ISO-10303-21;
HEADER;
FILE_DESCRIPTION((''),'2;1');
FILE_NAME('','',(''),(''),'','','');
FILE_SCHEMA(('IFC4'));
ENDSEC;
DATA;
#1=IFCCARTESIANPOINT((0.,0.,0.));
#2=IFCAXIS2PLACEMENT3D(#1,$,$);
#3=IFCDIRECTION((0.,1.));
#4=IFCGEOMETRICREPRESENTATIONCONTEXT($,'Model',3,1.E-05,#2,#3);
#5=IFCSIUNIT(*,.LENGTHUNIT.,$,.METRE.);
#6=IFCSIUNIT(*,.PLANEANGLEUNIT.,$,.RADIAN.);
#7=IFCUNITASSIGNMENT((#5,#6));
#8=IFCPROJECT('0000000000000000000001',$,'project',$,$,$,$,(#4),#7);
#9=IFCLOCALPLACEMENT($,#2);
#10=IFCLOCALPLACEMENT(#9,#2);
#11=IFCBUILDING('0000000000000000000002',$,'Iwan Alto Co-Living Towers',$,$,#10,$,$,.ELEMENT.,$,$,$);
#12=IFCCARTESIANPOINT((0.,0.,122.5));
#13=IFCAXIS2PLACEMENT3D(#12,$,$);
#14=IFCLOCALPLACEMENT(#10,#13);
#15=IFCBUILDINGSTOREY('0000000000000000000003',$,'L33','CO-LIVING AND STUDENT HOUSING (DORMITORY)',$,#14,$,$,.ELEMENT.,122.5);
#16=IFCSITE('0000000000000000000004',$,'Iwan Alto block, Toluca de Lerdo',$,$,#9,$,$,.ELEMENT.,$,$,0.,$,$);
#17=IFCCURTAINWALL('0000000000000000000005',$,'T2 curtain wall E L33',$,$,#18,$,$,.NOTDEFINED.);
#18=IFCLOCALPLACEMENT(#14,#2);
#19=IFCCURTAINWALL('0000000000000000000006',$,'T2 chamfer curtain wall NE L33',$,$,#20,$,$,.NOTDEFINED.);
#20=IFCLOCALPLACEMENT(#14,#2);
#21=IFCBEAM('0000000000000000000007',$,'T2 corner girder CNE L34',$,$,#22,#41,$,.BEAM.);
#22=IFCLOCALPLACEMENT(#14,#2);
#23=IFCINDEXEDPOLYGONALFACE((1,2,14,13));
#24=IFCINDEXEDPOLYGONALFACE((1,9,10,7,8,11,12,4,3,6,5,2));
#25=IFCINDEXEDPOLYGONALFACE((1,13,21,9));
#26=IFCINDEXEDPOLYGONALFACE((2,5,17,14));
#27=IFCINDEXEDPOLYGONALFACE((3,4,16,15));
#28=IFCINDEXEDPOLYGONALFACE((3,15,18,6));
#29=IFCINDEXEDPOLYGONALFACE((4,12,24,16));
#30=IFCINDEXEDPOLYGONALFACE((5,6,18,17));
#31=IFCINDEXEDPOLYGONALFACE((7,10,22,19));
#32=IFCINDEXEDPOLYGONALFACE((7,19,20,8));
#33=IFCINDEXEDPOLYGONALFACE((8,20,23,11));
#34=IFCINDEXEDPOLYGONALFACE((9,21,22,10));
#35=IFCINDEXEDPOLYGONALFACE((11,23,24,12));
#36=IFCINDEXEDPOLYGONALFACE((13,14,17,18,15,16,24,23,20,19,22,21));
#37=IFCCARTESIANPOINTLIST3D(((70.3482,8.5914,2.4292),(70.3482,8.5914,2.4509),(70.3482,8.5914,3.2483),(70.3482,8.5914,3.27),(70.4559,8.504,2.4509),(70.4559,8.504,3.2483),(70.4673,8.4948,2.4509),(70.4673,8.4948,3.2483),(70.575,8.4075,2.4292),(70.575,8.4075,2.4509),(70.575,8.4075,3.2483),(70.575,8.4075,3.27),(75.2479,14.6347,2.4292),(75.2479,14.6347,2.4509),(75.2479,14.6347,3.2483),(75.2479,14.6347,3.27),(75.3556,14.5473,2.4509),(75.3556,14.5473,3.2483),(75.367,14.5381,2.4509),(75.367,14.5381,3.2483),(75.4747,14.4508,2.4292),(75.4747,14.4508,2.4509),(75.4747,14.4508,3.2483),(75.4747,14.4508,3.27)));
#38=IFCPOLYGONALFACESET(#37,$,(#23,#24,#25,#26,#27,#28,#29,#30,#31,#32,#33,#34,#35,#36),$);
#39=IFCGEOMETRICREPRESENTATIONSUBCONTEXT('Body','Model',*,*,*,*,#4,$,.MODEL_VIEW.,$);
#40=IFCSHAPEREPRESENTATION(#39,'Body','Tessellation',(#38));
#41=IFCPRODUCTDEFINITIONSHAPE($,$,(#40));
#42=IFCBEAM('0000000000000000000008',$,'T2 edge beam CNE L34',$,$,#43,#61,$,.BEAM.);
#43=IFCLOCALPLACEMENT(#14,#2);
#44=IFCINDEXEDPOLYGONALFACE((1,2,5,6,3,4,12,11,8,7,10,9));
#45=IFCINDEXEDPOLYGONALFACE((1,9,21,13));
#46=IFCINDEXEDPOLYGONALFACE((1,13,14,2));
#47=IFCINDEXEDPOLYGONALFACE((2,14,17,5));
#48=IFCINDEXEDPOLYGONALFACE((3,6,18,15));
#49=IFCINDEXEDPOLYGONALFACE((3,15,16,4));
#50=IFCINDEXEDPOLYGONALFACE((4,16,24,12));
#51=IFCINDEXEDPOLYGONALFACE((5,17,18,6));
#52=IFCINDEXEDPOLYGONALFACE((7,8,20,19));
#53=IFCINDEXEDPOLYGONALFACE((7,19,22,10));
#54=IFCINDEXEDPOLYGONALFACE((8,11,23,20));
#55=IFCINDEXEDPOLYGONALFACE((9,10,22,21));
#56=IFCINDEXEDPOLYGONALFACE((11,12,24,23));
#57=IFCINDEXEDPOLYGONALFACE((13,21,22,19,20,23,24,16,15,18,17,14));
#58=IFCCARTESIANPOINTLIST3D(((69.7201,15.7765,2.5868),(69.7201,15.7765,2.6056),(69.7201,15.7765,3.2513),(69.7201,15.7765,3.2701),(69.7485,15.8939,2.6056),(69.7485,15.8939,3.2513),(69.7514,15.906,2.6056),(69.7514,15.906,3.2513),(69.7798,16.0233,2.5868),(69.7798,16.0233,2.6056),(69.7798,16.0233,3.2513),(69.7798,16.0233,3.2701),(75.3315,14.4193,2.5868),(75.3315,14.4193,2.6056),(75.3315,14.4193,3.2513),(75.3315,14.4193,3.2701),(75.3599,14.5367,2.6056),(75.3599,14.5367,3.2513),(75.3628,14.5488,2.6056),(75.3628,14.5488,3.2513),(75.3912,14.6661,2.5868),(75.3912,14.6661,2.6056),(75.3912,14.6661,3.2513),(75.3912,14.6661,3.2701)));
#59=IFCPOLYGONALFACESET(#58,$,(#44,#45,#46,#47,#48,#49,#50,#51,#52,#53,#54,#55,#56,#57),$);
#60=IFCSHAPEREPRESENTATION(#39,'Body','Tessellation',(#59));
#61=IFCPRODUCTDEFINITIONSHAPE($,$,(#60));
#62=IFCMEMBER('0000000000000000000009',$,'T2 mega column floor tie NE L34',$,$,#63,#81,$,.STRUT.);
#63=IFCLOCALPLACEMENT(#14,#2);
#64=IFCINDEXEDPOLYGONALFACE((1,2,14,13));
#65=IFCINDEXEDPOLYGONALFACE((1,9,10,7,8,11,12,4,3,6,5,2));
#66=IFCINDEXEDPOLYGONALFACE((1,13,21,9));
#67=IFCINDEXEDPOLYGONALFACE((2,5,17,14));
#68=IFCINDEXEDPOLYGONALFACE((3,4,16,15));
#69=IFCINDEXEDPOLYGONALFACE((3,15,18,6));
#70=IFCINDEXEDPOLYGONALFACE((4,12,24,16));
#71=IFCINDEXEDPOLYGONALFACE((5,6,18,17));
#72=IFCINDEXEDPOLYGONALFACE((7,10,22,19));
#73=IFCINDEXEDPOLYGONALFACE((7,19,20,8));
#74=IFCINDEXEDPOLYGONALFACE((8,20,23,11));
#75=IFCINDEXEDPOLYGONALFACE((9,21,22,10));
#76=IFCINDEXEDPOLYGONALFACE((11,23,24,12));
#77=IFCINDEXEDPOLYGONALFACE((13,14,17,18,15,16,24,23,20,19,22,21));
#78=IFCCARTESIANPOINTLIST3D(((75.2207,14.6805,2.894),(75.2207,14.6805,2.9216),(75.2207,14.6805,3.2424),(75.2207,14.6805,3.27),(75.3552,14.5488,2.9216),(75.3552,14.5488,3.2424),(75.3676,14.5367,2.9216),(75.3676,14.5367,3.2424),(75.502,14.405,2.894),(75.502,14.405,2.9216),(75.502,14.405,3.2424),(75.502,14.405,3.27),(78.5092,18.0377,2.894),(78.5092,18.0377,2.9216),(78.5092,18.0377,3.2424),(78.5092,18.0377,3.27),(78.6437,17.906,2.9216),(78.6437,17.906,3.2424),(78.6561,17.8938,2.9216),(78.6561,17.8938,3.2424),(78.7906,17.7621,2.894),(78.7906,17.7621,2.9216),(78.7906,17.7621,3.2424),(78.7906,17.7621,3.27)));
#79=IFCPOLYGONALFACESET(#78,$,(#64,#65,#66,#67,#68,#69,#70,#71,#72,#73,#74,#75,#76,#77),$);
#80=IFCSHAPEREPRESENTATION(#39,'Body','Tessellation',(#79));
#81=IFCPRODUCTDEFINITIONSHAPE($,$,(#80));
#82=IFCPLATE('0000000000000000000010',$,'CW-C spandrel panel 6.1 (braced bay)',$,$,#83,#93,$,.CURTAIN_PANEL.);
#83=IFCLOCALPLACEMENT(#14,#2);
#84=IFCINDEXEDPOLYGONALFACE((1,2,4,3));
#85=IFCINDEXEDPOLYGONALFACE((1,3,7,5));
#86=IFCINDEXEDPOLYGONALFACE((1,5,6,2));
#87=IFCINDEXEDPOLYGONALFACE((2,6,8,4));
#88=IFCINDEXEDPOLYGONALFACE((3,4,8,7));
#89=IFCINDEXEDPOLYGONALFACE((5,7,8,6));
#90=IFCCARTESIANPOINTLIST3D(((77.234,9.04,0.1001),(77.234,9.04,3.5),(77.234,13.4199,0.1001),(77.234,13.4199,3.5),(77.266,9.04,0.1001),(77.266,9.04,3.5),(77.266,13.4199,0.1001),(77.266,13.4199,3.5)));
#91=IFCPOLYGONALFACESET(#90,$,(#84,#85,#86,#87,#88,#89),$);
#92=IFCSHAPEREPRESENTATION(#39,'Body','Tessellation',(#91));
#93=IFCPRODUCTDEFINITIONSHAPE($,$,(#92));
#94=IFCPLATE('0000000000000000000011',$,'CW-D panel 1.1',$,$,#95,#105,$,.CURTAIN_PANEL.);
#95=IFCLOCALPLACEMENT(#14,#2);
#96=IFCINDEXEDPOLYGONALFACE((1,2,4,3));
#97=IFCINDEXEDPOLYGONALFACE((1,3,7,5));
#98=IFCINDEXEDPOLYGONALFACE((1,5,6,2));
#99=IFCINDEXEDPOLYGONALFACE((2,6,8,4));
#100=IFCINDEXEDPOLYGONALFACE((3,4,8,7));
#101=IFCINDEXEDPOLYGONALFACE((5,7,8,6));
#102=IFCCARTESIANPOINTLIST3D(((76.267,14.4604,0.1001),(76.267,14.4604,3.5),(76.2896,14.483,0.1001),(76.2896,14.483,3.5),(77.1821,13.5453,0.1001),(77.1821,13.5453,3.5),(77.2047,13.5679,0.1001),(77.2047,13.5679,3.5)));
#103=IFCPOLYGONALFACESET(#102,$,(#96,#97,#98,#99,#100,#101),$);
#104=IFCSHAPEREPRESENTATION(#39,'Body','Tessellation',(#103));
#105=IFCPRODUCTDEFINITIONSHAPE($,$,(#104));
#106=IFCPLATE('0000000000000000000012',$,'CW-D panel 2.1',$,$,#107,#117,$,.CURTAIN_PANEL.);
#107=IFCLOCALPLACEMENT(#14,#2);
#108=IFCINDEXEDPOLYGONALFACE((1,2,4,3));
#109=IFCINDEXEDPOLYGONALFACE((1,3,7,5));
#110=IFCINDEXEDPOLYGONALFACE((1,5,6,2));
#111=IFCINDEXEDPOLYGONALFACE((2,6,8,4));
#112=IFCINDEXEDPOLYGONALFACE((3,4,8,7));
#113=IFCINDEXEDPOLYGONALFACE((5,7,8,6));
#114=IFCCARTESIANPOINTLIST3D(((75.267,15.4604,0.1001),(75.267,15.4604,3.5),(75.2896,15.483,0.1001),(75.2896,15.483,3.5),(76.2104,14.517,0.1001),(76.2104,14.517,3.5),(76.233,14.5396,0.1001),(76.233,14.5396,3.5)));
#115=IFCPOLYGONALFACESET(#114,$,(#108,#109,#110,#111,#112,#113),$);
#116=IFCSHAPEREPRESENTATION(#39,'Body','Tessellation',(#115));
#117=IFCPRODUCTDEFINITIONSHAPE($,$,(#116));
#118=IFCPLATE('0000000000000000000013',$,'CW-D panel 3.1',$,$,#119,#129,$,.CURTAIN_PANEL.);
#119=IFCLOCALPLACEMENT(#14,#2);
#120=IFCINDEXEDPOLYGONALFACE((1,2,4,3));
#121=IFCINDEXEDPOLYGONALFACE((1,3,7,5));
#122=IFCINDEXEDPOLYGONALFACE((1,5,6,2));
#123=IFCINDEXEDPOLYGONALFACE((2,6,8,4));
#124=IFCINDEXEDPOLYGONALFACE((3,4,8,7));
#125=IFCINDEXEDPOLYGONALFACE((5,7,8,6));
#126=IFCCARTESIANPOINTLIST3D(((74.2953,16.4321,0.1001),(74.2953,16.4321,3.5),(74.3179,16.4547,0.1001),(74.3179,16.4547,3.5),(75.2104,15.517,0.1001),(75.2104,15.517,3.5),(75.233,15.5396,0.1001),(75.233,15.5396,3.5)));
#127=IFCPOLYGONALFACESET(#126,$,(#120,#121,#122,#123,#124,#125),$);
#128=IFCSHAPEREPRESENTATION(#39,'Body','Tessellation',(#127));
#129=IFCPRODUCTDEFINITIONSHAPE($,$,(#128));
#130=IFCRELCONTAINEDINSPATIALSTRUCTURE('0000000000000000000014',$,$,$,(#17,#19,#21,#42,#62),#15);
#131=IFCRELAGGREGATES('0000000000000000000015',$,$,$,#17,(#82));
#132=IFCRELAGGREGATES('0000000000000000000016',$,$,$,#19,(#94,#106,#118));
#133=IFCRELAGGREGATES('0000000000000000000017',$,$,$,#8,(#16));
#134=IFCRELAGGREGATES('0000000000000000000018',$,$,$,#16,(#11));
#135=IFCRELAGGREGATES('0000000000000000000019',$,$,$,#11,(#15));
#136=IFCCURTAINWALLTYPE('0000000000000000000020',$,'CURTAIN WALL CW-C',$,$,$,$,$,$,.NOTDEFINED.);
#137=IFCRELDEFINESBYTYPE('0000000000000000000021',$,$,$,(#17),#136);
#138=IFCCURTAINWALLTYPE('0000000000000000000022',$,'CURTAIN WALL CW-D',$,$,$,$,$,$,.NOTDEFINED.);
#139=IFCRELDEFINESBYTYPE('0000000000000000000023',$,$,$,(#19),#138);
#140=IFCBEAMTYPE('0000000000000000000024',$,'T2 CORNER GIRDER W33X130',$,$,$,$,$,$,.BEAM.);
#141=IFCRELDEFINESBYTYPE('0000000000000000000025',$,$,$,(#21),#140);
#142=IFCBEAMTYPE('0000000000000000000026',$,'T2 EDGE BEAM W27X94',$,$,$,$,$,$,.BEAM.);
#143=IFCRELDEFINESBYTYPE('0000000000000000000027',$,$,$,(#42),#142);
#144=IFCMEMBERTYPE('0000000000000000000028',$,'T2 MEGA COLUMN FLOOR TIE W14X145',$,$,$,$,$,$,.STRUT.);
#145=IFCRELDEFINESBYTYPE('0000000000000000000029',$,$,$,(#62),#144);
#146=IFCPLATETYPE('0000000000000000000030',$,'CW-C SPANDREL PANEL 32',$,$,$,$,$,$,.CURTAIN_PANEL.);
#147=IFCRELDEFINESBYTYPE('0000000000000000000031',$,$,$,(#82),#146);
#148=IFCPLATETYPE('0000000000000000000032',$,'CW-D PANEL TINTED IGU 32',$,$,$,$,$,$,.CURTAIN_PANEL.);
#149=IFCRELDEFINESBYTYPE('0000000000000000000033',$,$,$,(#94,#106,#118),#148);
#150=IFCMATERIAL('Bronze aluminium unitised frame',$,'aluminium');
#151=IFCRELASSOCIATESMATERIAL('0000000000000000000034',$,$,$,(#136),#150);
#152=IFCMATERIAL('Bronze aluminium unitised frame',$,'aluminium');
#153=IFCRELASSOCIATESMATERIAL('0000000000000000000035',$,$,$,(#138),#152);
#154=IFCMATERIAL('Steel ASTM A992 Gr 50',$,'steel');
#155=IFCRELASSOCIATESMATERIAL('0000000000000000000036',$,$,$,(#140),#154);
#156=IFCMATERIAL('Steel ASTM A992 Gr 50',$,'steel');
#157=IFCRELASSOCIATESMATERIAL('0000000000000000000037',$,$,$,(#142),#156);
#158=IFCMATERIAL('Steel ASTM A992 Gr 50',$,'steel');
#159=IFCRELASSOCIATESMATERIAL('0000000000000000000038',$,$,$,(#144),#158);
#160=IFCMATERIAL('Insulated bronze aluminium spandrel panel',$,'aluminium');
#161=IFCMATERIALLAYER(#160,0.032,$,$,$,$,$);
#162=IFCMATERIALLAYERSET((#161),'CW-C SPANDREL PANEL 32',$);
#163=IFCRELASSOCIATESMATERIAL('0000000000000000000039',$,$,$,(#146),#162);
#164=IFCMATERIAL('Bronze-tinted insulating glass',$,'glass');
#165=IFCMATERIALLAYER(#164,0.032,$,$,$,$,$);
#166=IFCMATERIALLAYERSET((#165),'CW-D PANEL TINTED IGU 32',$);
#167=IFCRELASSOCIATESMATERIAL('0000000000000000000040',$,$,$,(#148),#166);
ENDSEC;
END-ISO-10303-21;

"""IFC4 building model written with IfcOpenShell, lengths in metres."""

from ifc_helpers import new_model, si_unit, direction, frame, origin, origin_2d, place, context, subcontext, project, spatial, rectangle, i_section, extrude, material, layer, layer_set, material_profile, profile_set, type_object, element, aggregate, save


model = new_model("IFC4")

# Units and contexts
model_context = context("Model", 3, precision=1e-05, world=origin(), true_north=direction((0.0, 1.0)))
body_context = subcontext(model_context, "Body", "Model", "MODEL_VIEW")
ifc_project = project(units=[si_unit("LENGTHUNIT", "METRE"), si_unit("PLANEANGLEUNIT", "RADIAN")], contexts=[model_context])

# Site, building, storey
site_placement = place(None, origin())
site = spatial("IfcSite", under=ifc_project, at=site_placement, Name="Iwan Alto block, Toluca de Lerdo", CompositionType="ELEMENT", RefElevation=0.0)
building_placement = place(site_placement, origin())
building = spatial("IfcBuilding", under=site, at=building_placement, Name="Iwan Alto Co-Living Towers", CompositionType="ELEMENT")
storey_placement = place(building_placement, frame((0.0, 0.0, 122.5)))
storey = spatial("IfcBuildingStorey", under=building, at=storey_placement, Name="L33", Description="CO-LIVING AND STUDENT HOUSING (DORMITORY)", CompositionType="ELEMENT", Elevation=122.5)

# Curtain wall
ifc_material_1 = material(Name="Bronze aluminium unitised frame", Category="aluminium")
curtain_wall_type_1 = type_object("IfcCurtainWallType", Name="CURTAIN WALL CW-C", PredefinedType="NOTDEFINED", material=ifc_material_1)
curtain_wall_1_placement = place(storey_placement, origin())
curtain_wall_1 = element("IfcCurtainWall", 1, at=curtain_wall_1_placement, inside=storey, type_object=curtain_wall_type_1, Name="T2 curtain wall E L33", PredefinedType="NOTDEFINED")

# Curtain wall
ifc_material_2 = material(Name="Bronze aluminium unitised frame", Category="aluminium")
curtain_wall_type_2 = type_object("IfcCurtainWallType", Name="CURTAIN WALL CW-D", PredefinedType="NOTDEFINED", material=ifc_material_2)
curtain_wall_2_placement = place(storey_placement, origin())
curtain_wall_2 = element("IfcCurtainWall", 2, at=curtain_wall_2_placement, inside=storey, type_object=curtain_wall_type_2, Name="T2 chamfer curtain wall NE L33", PredefinedType="NOTDEFINED")

# Beams
ifc_material_3 = material(Name="Steel ASTM A992 Gr 50", Category="steel")
ifc_material_profile_1 = material_profile(ifc_material_3, i_section(OverallWidth=0.292, OverallDepth=0.8408, WebThickness=0.0146, FlangeThickness=0.0217, at=origin_2d()), Name="W33X130")
ifc_profile_set_1 = profile_set([ifc_material_profile_1], Name="Steel ASTM A992 Gr 50")
beam_type_1 = type_object("IfcBeamType", Name="T2 CORNER GIRDER W33X130", PredefinedType="BEAM", material=ifc_profile_set_1)
beam_1_placement = place(storey_placement, frame((75.3613, 14.5427, 2.8496), z_axis=(-0.629783, -0.776771, 0.0), x_axis=(0.776771, -0.629783, 0.0)))
element("IfcBeam", 3, at=beam_1_placement, inside=storey, type_object=beam_type_1, Name="T2 corner girder CNE L34", PredefinedType="BEAM", context=body_context, shape_type="SweptSolid", body=[
    extrude(i_section(OverallWidth=0.292, OverallDepth=0.8408, WebThickness=0.0146, FlangeThickness=0.0217, at=origin_2d()), origin(), (0.0, 0.0, 1.0), 7.78),
])
ifc_material_4 = material(Name="Steel ASTM A992 Gr 50", Category="steel")
ifc_material_profile_2 = material_profile(ifc_material_4, i_section(OverallWidth=0.2539, OverallDepth=0.6833, WebThickness=0.0125, FlangeThickness=0.0188, at=origin_2d()), Name="W27X94")
ifc_profile_set_2 = profile_set([ifc_material_profile_2], Name="Steel ASTM A992 Gr 50")
beam_type_2 = type_object("IfcBeamType", Name="T2 EDGE BEAM W27X94", PredefinedType="BEAM", material=ifc_profile_set_2)
beam_2_placement = place(storey_placement, frame((75.3613, 14.5427, 2.9285), z_axis=(-0.971975, 0.235086, 0.0), x_axis=(-0.235086, -0.971975, 0.0)))
element("IfcBeam", 4, at=beam_2_placement, inside=storey, type_object=beam_type_2, Name="T2 edge beam CNE L34", PredefinedType="BEAM", context=body_context, shape_type="SweptSolid", body=[
    extrude(i_section(OverallWidth=0.2539, OverallDepth=0.6833, WebThickness=0.0125, FlangeThickness=0.0188, at=origin_2d()), origin(), (0.0, 0.0, 1.0), 5.7732),
])

# Member
ifc_material_5 = material(Name="Steel ASTM A992 Gr 50", Category="steel")
ifc_material_profile_3 = material_profile(ifc_material_5, i_section(OverallWidth=0.3938, OverallDepth=0.376, WebThickness=0.0173, FlangeThickness=0.0276, at=origin_2d()), Name="W14X145")
ifc_profile_set_3 = profile_set([ifc_material_profile_3], Name="Steel ASTM A992 Gr 50")
member_type_1 = type_object("IfcMemberType", Name="T2 MEGA COLUMN FLOOR TIE W14X145", PredefinedType="STRUT", material=ifc_profile_set_3)
member_1_placement = place(storey_placement, frame((78.6499, 17.8999, 3.082), z_axis=(-0.69977, -0.714368, 0.0), x_axis=(0.714368, -0.69977, 0.0)))
element("IfcMember", 5, at=member_1_placement, inside=storey, type_object=member_type_1, Name="T2 mega column floor tie NE L34", PredefinedType="STRUT", context=body_context, shape_type="SweptSolid", body=[
    extrude(i_section(OverallWidth=0.3938, OverallDepth=0.376, WebThickness=0.0173, FlangeThickness=0.0276, at=origin_2d()), origin(), (0.0, 0.0, 1.0), 4.6995),
])

# Plates
ifc_material_6 = material(Name="Insulated bronze aluminium spandrel panel", Category="aluminium")
ifc_layer_1 = layer(ifc_material_6, 0.032)
ifc_layer_set_1 = layer_set([ifc_layer_1], Name="CW-C SPANDREL PANEL 32")
plate_type_1 = type_object("IfcPlateType", Name="CW-C SPANDREL PANEL 32", PredefinedType="CURTAIN_PANEL", material=ifc_layer_set_1)
plate_1_placement = place(storey_placement, frame((77.25, 11.23, 0.1001), z_axis=(0.0, 0.0, 1.0), x_axis=(0.0, 1.0, 0.0)))
plate_1 = element("IfcPlate", 6, at=plate_1_placement, type_object=plate_type_1, Name="CW-C spandrel panel 6.1 (braced bay)", PredefinedType="CURTAIN_PANEL", context=body_context, shape_type="SweptSolid", body=[
    extrude(rectangle(XDim=4.3799, YDim=0.032, at=origin_2d()), origin(), (0.0, 0.0, 1.0), 3.3999),
])
aggregate(curtain_wall_1, [plate_1])
ifc_material_7 = material(Name="Bronze-tinted insulating glass", Category="glass")
ifc_layer_2 = layer(ifc_material_7, 0.032)
ifc_layer_set_2 = layer_set([ifc_layer_2], Name="CW-D PANEL TINTED IGU 32")
plate_type_2 = type_object("IfcPlateType", Name="CW-D PANEL TINTED IGU 32", PredefinedType="CURTAIN_PANEL", material=ifc_layer_set_2)
plate_2_placement = place(storey_placement, frame((76.7358, 14.0142, 0.1001), z_axis=(0.0, 0.0, 1.0), x_axis=(-0.707107, 0.707107, 0.0)))
plate_2 = element("IfcPlate", 7, at=plate_2_placement, type_object=plate_type_2, Name="CW-D panel 1.1", PredefinedType="CURTAIN_PANEL", context=body_context, shape_type="SweptSolid", body=[
    extrude(rectangle(XDim=1.2942, YDim=0.032, at=origin_2d()), origin(), (0.0, 0.0, 1.0), 3.3999),
])
plate_3_placement = place(storey_placement, frame((75.75, 15.0, 0.1001), z_axis=(0.0, 0.0, 1.0), x_axis=(-0.707107, 0.707107, 0.0)))
plate_3 = element("IfcPlate", 8, at=plate_3_placement, type_object=plate_type_2, Name="CW-D panel 2.1", PredefinedType="CURTAIN_PANEL", context=body_context, shape_type="SweptSolid", body=[
    extrude(rectangle(XDim=1.3342, YDim=0.032, at=origin_2d()), origin(), (0.0, 0.0, 1.0), 3.3999),
])
plate_4_placement = place(storey_placement, frame((74.7642, 15.9858, 0.1001), z_axis=(0.0, 0.0, 1.0), x_axis=(-0.707107, 0.707107, 0.0)))
plate_4 = element("IfcPlate", 9, at=plate_4_placement, type_object=plate_type_2, Name="CW-D panel 3.1", PredefinedType="CURTAIN_PANEL", context=body_context, shape_type="SweptSolid", body=[
    extrude(rectangle(XDim=1.2942, YDim=0.032, at=origin_2d()), origin(), (0.0, 0.0, 1.0), 3.3999),
])
aggregate(curtain_wall_2, [plate_2, plate_3, plate_4])

save(model, "model.ifc")
